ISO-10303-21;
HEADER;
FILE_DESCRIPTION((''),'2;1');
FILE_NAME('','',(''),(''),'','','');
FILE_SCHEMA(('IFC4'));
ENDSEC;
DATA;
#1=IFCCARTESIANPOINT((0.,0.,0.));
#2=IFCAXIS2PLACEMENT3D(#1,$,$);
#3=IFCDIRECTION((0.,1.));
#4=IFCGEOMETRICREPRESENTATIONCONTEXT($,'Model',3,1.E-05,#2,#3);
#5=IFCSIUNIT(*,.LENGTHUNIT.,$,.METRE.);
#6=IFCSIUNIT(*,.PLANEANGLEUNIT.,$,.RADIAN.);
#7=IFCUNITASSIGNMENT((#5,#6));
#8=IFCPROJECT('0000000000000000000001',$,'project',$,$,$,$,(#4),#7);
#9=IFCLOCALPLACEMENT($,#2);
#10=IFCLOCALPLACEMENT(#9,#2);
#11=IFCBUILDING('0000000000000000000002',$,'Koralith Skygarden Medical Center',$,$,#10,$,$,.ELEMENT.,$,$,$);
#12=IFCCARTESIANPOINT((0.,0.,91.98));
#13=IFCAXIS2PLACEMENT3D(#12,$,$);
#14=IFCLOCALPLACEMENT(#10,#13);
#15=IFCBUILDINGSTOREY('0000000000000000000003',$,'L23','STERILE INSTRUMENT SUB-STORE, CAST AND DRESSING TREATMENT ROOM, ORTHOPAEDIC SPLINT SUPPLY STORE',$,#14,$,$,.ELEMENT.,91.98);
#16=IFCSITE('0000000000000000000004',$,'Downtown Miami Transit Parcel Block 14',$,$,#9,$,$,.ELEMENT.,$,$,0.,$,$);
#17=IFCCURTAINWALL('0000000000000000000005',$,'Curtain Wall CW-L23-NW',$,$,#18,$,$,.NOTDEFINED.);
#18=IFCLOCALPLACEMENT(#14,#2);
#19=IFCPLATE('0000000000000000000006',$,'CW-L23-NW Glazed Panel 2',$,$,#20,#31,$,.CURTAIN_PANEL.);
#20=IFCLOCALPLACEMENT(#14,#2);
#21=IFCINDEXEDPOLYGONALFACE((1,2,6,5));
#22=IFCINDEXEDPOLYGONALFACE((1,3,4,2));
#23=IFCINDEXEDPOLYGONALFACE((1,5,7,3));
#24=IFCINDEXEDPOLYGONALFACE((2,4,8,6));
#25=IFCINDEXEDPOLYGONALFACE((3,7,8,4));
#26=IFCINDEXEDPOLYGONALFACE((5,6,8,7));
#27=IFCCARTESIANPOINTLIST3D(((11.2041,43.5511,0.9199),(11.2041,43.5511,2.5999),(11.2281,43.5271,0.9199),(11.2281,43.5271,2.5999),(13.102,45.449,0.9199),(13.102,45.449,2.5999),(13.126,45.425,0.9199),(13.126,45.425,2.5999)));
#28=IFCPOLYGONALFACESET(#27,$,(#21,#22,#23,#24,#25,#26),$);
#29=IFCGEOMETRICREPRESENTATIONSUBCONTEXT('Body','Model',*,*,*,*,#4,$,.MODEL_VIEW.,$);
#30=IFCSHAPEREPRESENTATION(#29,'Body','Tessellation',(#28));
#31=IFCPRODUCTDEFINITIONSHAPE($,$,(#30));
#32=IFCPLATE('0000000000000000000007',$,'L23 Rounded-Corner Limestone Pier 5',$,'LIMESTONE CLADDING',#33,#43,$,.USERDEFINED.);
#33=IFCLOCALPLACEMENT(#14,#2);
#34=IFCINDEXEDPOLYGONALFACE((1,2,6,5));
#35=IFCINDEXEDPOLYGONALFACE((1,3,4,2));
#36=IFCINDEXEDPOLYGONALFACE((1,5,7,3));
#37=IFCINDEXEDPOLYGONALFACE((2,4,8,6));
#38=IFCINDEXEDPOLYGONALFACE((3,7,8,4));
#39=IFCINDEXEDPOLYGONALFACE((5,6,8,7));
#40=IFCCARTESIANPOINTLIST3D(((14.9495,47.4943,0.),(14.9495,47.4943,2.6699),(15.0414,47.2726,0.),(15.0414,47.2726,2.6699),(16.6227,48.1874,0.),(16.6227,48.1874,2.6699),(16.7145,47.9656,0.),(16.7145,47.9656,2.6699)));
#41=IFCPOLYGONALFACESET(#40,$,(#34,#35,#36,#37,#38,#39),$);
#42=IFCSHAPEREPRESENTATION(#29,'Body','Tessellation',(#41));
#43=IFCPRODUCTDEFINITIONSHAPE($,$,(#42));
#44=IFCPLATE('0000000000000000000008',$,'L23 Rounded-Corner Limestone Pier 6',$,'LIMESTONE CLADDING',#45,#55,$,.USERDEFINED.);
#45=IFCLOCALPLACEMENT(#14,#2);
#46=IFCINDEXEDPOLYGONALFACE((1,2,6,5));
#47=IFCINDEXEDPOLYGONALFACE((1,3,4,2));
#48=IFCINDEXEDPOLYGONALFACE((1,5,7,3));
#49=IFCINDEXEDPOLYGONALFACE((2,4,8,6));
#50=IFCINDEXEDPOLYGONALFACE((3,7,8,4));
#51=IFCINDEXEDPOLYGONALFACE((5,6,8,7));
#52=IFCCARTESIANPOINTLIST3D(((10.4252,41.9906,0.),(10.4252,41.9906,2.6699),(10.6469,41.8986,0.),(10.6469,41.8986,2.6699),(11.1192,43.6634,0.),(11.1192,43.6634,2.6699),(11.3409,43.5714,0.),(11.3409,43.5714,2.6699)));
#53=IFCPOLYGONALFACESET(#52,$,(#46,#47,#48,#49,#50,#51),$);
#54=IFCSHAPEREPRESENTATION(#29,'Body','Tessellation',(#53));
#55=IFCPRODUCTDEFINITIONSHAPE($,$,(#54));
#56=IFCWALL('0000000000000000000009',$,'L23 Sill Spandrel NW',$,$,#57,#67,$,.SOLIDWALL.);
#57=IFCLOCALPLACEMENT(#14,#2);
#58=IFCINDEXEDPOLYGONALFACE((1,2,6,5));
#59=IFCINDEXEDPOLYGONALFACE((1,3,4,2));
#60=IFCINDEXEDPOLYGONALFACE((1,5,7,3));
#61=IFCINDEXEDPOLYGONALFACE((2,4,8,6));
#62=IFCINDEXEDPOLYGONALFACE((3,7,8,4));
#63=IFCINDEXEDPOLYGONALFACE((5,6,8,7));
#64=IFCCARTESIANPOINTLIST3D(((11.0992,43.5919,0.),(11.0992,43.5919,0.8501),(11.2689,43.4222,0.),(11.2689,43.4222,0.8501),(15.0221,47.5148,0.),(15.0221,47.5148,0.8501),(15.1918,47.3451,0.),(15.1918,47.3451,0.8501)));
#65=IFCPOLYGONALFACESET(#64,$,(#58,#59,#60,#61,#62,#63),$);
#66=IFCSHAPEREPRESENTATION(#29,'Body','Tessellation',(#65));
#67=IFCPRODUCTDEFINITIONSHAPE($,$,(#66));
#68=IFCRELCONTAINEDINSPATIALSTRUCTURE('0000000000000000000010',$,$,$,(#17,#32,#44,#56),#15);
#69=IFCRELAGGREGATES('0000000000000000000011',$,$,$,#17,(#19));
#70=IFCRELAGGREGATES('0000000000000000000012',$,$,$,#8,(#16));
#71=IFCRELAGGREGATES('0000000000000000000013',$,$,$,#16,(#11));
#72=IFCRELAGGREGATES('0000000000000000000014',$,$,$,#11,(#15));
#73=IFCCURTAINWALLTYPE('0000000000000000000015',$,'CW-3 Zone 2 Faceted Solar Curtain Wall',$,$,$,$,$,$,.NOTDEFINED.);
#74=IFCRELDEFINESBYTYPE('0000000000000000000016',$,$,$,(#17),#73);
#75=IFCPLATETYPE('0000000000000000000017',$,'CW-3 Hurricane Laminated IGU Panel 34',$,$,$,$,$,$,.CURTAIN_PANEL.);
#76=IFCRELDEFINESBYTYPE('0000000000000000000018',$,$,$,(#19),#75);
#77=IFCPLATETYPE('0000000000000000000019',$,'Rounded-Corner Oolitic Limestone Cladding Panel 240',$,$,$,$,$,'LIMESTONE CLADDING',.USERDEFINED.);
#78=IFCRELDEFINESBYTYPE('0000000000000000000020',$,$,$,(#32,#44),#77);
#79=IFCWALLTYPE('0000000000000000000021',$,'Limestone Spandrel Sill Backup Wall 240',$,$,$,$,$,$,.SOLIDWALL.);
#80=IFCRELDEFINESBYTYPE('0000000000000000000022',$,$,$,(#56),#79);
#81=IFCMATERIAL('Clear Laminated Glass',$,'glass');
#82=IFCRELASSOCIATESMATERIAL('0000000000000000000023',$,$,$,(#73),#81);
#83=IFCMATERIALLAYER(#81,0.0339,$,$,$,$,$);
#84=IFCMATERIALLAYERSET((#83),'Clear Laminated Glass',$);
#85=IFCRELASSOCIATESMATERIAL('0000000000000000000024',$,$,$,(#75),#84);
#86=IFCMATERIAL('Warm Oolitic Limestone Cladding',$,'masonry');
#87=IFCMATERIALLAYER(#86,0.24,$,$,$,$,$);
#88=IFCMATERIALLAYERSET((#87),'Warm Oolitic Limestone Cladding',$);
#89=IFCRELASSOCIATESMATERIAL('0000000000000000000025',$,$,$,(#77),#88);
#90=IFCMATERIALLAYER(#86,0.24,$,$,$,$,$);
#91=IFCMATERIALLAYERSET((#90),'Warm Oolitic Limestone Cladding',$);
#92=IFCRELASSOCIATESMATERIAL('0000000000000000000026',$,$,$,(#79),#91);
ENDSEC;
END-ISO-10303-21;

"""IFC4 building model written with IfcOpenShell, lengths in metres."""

from ifc_helpers import new_model, si_unit, direction, frame, frame_2d, origin, origin_2d, place, context, subcontext, project, spatial, rectangle, extrude, material, layer, layer_set, type_object, element, aggregate, save


model = new_model("IFC4")

# Units and contexts
model_context = context("Model", 3, precision=1e-05, world=origin(), true_north=direction((0.0, 1.0)))
body_context = subcontext(model_context, "Body", "Model", "MODEL_VIEW")
ifc_project = project(units=[si_unit("LENGTHUNIT", "METRE"), si_unit("PLANEANGLEUNIT", "RADIAN")], contexts=[model_context])

# Site, building, storey
site_placement = place(None, origin())
site = spatial("IfcSite", under=ifc_project, at=site_placement, Name="Downtown Miami Transit Parcel Block 14", CompositionType="ELEMENT", RefElevation=0.0)
building_placement = place(site_placement, origin())
building = spatial("IfcBuilding", under=site, at=building_placement, Name="Koralith Skygarden Medical Center", CompositionType="ELEMENT")
storey_placement = place(building_placement, frame((0.0, 0.0, 91.98)))
storey = spatial("IfcBuildingStorey", under=building, at=storey_placement, Name="L23", Description="STERILE INSTRUMENT SUB-STORE, CAST AND DRESSING TREATMENT ROOM, ORTHOPAEDIC SPLINT SUPPLY STORE", CompositionType="ELEMENT", Elevation=91.98)

# Shared definitions
ifc_material_1 = material(Name="Clear Laminated Glass", Category="glass")
curtain_wall_type = type_object("IfcCurtainWallType", Name="CW-3 Zone 2 Faceted Solar Curtain Wall", PredefinedType="NOTDEFINED", material=ifc_material_1)

# Curtain wall
curtain_wall_1_placement = place(storey_placement, origin())
curtain_wall_1 = element("IfcCurtainWall", 1, at=curtain_wall_1_placement, inside=storey, type_object=curtain_wall_type, Name="Curtain Wall CW-L23-NW", PredefinedType="NOTDEFINED")

# Plate
ifc_layer_1 = layer(ifc_material_1, 0.0339)
ifc_layer_set_1 = layer_set([ifc_layer_1], Name="Clear Laminated Glass")
plate_type_1 = type_object("IfcPlateType", Name="CW-3 Hurricane Laminated IGU Panel 34", PredefinedType="CURTAIN_PANEL", material=ifc_layer_set_1)
plate_1_placement = place(storey_placement, frame((12.165, 44.488, 0.9199), z_axis=(0.0, 0.0, 1.0), x_axis=(-0.707107, -0.707107, 0.0)))
plate_1 = element("IfcPlate", 2, at=plate_1_placement, type_object=plate_type_1, Name="CW-L23-NW Glazed Panel 2", PredefinedType="CURTAIN_PANEL", context=body_context, shape_type="SweptSolid", body=[
    extrude(rectangle(XDim=2.6841, YDim=0.0339, at=origin_2d()), origin(), (0.0, 0.0, 1.0), 1.6799),
])
aggregate(curtain_wall_1, [plate_1])

# Plates
ifc_material_2 = material(Name="Warm Oolitic Limestone Cladding", Category="masonry")
ifc_layer_2 = layer(ifc_material_2, 0.24)
ifc_layer_set_2 = layer_set([ifc_layer_2], Name="Warm Oolitic Limestone Cladding")
plate_type_2 = type_object("IfcPlateType", Name="Rounded-Corner Oolitic Limestone Cladding Panel 240", ElementType="LIMESTONE CLADDING", PredefinedType="USERDEFINED", material=ifc_layer_set_2)
for number, where, z_axis, x_axis, name in (
    (3, (15.832, 47.73, 0.0), (0.0, 0.0, 1.0), (-0.923885, -0.382671, 0.0), "L23 Rounded-Corner Limestone Pier 5"),
    (4, (10.8831, 42.781, 0.0), (0.0, 0.0, 1.0), (-0.383214, -0.92366, 0.0), "L23 Rounded-Corner Limestone Pier 6"),
):
    element("IfcPlate", number, at=place(storey_placement, frame(where, z_axis=z_axis, x_axis=x_axis)), inside=storey, type_object=plate_type_2, Name=name, ObjectType="LIMESTONE CLADDING", PredefinedType="USERDEFINED", context=body_context, shape_type="SweptSolid", body=[
        extrude(rectangle(XDim=1.811, YDim=0.24, at=origin_2d()), origin(), (0.0, 0.0, 1.0), 2.6699),
    ])

# Wall
ifc_layer_3 = layer(ifc_material_2, 0.24)
ifc_layer_set_3 = layer_set([ifc_layer_3], Name="Warm Oolitic Limestone Cladding")
wall_type = type_object("IfcWallType", Name="Limestone Spandrel Sill Backup Wall 240", PredefinedType="SOLIDWALL", material=ifc_layer_set_3)
wall_placement = place(storey_placement, frame((15.1069, 47.4299, 0.0), z_axis=(0.0, 0.0, 1.0), x_axis=(-0.707107, -0.707107, 0.0)))
element("IfcWall", 5, at=wall_placement, inside=storey, type_object=wall_type, Name="L23 Sill Spandrel NW", PredefinedType="SOLIDWALL", context=body_context, shape_type="SweptSolid", body=[
    extrude(rectangle(XDim=5.5479, YDim=0.24, at=frame_2d((2.7739, 0.0))), origin(), (0.0, 0.0, 1.0), 0.8501),
])

save(model, "model.ifc")
